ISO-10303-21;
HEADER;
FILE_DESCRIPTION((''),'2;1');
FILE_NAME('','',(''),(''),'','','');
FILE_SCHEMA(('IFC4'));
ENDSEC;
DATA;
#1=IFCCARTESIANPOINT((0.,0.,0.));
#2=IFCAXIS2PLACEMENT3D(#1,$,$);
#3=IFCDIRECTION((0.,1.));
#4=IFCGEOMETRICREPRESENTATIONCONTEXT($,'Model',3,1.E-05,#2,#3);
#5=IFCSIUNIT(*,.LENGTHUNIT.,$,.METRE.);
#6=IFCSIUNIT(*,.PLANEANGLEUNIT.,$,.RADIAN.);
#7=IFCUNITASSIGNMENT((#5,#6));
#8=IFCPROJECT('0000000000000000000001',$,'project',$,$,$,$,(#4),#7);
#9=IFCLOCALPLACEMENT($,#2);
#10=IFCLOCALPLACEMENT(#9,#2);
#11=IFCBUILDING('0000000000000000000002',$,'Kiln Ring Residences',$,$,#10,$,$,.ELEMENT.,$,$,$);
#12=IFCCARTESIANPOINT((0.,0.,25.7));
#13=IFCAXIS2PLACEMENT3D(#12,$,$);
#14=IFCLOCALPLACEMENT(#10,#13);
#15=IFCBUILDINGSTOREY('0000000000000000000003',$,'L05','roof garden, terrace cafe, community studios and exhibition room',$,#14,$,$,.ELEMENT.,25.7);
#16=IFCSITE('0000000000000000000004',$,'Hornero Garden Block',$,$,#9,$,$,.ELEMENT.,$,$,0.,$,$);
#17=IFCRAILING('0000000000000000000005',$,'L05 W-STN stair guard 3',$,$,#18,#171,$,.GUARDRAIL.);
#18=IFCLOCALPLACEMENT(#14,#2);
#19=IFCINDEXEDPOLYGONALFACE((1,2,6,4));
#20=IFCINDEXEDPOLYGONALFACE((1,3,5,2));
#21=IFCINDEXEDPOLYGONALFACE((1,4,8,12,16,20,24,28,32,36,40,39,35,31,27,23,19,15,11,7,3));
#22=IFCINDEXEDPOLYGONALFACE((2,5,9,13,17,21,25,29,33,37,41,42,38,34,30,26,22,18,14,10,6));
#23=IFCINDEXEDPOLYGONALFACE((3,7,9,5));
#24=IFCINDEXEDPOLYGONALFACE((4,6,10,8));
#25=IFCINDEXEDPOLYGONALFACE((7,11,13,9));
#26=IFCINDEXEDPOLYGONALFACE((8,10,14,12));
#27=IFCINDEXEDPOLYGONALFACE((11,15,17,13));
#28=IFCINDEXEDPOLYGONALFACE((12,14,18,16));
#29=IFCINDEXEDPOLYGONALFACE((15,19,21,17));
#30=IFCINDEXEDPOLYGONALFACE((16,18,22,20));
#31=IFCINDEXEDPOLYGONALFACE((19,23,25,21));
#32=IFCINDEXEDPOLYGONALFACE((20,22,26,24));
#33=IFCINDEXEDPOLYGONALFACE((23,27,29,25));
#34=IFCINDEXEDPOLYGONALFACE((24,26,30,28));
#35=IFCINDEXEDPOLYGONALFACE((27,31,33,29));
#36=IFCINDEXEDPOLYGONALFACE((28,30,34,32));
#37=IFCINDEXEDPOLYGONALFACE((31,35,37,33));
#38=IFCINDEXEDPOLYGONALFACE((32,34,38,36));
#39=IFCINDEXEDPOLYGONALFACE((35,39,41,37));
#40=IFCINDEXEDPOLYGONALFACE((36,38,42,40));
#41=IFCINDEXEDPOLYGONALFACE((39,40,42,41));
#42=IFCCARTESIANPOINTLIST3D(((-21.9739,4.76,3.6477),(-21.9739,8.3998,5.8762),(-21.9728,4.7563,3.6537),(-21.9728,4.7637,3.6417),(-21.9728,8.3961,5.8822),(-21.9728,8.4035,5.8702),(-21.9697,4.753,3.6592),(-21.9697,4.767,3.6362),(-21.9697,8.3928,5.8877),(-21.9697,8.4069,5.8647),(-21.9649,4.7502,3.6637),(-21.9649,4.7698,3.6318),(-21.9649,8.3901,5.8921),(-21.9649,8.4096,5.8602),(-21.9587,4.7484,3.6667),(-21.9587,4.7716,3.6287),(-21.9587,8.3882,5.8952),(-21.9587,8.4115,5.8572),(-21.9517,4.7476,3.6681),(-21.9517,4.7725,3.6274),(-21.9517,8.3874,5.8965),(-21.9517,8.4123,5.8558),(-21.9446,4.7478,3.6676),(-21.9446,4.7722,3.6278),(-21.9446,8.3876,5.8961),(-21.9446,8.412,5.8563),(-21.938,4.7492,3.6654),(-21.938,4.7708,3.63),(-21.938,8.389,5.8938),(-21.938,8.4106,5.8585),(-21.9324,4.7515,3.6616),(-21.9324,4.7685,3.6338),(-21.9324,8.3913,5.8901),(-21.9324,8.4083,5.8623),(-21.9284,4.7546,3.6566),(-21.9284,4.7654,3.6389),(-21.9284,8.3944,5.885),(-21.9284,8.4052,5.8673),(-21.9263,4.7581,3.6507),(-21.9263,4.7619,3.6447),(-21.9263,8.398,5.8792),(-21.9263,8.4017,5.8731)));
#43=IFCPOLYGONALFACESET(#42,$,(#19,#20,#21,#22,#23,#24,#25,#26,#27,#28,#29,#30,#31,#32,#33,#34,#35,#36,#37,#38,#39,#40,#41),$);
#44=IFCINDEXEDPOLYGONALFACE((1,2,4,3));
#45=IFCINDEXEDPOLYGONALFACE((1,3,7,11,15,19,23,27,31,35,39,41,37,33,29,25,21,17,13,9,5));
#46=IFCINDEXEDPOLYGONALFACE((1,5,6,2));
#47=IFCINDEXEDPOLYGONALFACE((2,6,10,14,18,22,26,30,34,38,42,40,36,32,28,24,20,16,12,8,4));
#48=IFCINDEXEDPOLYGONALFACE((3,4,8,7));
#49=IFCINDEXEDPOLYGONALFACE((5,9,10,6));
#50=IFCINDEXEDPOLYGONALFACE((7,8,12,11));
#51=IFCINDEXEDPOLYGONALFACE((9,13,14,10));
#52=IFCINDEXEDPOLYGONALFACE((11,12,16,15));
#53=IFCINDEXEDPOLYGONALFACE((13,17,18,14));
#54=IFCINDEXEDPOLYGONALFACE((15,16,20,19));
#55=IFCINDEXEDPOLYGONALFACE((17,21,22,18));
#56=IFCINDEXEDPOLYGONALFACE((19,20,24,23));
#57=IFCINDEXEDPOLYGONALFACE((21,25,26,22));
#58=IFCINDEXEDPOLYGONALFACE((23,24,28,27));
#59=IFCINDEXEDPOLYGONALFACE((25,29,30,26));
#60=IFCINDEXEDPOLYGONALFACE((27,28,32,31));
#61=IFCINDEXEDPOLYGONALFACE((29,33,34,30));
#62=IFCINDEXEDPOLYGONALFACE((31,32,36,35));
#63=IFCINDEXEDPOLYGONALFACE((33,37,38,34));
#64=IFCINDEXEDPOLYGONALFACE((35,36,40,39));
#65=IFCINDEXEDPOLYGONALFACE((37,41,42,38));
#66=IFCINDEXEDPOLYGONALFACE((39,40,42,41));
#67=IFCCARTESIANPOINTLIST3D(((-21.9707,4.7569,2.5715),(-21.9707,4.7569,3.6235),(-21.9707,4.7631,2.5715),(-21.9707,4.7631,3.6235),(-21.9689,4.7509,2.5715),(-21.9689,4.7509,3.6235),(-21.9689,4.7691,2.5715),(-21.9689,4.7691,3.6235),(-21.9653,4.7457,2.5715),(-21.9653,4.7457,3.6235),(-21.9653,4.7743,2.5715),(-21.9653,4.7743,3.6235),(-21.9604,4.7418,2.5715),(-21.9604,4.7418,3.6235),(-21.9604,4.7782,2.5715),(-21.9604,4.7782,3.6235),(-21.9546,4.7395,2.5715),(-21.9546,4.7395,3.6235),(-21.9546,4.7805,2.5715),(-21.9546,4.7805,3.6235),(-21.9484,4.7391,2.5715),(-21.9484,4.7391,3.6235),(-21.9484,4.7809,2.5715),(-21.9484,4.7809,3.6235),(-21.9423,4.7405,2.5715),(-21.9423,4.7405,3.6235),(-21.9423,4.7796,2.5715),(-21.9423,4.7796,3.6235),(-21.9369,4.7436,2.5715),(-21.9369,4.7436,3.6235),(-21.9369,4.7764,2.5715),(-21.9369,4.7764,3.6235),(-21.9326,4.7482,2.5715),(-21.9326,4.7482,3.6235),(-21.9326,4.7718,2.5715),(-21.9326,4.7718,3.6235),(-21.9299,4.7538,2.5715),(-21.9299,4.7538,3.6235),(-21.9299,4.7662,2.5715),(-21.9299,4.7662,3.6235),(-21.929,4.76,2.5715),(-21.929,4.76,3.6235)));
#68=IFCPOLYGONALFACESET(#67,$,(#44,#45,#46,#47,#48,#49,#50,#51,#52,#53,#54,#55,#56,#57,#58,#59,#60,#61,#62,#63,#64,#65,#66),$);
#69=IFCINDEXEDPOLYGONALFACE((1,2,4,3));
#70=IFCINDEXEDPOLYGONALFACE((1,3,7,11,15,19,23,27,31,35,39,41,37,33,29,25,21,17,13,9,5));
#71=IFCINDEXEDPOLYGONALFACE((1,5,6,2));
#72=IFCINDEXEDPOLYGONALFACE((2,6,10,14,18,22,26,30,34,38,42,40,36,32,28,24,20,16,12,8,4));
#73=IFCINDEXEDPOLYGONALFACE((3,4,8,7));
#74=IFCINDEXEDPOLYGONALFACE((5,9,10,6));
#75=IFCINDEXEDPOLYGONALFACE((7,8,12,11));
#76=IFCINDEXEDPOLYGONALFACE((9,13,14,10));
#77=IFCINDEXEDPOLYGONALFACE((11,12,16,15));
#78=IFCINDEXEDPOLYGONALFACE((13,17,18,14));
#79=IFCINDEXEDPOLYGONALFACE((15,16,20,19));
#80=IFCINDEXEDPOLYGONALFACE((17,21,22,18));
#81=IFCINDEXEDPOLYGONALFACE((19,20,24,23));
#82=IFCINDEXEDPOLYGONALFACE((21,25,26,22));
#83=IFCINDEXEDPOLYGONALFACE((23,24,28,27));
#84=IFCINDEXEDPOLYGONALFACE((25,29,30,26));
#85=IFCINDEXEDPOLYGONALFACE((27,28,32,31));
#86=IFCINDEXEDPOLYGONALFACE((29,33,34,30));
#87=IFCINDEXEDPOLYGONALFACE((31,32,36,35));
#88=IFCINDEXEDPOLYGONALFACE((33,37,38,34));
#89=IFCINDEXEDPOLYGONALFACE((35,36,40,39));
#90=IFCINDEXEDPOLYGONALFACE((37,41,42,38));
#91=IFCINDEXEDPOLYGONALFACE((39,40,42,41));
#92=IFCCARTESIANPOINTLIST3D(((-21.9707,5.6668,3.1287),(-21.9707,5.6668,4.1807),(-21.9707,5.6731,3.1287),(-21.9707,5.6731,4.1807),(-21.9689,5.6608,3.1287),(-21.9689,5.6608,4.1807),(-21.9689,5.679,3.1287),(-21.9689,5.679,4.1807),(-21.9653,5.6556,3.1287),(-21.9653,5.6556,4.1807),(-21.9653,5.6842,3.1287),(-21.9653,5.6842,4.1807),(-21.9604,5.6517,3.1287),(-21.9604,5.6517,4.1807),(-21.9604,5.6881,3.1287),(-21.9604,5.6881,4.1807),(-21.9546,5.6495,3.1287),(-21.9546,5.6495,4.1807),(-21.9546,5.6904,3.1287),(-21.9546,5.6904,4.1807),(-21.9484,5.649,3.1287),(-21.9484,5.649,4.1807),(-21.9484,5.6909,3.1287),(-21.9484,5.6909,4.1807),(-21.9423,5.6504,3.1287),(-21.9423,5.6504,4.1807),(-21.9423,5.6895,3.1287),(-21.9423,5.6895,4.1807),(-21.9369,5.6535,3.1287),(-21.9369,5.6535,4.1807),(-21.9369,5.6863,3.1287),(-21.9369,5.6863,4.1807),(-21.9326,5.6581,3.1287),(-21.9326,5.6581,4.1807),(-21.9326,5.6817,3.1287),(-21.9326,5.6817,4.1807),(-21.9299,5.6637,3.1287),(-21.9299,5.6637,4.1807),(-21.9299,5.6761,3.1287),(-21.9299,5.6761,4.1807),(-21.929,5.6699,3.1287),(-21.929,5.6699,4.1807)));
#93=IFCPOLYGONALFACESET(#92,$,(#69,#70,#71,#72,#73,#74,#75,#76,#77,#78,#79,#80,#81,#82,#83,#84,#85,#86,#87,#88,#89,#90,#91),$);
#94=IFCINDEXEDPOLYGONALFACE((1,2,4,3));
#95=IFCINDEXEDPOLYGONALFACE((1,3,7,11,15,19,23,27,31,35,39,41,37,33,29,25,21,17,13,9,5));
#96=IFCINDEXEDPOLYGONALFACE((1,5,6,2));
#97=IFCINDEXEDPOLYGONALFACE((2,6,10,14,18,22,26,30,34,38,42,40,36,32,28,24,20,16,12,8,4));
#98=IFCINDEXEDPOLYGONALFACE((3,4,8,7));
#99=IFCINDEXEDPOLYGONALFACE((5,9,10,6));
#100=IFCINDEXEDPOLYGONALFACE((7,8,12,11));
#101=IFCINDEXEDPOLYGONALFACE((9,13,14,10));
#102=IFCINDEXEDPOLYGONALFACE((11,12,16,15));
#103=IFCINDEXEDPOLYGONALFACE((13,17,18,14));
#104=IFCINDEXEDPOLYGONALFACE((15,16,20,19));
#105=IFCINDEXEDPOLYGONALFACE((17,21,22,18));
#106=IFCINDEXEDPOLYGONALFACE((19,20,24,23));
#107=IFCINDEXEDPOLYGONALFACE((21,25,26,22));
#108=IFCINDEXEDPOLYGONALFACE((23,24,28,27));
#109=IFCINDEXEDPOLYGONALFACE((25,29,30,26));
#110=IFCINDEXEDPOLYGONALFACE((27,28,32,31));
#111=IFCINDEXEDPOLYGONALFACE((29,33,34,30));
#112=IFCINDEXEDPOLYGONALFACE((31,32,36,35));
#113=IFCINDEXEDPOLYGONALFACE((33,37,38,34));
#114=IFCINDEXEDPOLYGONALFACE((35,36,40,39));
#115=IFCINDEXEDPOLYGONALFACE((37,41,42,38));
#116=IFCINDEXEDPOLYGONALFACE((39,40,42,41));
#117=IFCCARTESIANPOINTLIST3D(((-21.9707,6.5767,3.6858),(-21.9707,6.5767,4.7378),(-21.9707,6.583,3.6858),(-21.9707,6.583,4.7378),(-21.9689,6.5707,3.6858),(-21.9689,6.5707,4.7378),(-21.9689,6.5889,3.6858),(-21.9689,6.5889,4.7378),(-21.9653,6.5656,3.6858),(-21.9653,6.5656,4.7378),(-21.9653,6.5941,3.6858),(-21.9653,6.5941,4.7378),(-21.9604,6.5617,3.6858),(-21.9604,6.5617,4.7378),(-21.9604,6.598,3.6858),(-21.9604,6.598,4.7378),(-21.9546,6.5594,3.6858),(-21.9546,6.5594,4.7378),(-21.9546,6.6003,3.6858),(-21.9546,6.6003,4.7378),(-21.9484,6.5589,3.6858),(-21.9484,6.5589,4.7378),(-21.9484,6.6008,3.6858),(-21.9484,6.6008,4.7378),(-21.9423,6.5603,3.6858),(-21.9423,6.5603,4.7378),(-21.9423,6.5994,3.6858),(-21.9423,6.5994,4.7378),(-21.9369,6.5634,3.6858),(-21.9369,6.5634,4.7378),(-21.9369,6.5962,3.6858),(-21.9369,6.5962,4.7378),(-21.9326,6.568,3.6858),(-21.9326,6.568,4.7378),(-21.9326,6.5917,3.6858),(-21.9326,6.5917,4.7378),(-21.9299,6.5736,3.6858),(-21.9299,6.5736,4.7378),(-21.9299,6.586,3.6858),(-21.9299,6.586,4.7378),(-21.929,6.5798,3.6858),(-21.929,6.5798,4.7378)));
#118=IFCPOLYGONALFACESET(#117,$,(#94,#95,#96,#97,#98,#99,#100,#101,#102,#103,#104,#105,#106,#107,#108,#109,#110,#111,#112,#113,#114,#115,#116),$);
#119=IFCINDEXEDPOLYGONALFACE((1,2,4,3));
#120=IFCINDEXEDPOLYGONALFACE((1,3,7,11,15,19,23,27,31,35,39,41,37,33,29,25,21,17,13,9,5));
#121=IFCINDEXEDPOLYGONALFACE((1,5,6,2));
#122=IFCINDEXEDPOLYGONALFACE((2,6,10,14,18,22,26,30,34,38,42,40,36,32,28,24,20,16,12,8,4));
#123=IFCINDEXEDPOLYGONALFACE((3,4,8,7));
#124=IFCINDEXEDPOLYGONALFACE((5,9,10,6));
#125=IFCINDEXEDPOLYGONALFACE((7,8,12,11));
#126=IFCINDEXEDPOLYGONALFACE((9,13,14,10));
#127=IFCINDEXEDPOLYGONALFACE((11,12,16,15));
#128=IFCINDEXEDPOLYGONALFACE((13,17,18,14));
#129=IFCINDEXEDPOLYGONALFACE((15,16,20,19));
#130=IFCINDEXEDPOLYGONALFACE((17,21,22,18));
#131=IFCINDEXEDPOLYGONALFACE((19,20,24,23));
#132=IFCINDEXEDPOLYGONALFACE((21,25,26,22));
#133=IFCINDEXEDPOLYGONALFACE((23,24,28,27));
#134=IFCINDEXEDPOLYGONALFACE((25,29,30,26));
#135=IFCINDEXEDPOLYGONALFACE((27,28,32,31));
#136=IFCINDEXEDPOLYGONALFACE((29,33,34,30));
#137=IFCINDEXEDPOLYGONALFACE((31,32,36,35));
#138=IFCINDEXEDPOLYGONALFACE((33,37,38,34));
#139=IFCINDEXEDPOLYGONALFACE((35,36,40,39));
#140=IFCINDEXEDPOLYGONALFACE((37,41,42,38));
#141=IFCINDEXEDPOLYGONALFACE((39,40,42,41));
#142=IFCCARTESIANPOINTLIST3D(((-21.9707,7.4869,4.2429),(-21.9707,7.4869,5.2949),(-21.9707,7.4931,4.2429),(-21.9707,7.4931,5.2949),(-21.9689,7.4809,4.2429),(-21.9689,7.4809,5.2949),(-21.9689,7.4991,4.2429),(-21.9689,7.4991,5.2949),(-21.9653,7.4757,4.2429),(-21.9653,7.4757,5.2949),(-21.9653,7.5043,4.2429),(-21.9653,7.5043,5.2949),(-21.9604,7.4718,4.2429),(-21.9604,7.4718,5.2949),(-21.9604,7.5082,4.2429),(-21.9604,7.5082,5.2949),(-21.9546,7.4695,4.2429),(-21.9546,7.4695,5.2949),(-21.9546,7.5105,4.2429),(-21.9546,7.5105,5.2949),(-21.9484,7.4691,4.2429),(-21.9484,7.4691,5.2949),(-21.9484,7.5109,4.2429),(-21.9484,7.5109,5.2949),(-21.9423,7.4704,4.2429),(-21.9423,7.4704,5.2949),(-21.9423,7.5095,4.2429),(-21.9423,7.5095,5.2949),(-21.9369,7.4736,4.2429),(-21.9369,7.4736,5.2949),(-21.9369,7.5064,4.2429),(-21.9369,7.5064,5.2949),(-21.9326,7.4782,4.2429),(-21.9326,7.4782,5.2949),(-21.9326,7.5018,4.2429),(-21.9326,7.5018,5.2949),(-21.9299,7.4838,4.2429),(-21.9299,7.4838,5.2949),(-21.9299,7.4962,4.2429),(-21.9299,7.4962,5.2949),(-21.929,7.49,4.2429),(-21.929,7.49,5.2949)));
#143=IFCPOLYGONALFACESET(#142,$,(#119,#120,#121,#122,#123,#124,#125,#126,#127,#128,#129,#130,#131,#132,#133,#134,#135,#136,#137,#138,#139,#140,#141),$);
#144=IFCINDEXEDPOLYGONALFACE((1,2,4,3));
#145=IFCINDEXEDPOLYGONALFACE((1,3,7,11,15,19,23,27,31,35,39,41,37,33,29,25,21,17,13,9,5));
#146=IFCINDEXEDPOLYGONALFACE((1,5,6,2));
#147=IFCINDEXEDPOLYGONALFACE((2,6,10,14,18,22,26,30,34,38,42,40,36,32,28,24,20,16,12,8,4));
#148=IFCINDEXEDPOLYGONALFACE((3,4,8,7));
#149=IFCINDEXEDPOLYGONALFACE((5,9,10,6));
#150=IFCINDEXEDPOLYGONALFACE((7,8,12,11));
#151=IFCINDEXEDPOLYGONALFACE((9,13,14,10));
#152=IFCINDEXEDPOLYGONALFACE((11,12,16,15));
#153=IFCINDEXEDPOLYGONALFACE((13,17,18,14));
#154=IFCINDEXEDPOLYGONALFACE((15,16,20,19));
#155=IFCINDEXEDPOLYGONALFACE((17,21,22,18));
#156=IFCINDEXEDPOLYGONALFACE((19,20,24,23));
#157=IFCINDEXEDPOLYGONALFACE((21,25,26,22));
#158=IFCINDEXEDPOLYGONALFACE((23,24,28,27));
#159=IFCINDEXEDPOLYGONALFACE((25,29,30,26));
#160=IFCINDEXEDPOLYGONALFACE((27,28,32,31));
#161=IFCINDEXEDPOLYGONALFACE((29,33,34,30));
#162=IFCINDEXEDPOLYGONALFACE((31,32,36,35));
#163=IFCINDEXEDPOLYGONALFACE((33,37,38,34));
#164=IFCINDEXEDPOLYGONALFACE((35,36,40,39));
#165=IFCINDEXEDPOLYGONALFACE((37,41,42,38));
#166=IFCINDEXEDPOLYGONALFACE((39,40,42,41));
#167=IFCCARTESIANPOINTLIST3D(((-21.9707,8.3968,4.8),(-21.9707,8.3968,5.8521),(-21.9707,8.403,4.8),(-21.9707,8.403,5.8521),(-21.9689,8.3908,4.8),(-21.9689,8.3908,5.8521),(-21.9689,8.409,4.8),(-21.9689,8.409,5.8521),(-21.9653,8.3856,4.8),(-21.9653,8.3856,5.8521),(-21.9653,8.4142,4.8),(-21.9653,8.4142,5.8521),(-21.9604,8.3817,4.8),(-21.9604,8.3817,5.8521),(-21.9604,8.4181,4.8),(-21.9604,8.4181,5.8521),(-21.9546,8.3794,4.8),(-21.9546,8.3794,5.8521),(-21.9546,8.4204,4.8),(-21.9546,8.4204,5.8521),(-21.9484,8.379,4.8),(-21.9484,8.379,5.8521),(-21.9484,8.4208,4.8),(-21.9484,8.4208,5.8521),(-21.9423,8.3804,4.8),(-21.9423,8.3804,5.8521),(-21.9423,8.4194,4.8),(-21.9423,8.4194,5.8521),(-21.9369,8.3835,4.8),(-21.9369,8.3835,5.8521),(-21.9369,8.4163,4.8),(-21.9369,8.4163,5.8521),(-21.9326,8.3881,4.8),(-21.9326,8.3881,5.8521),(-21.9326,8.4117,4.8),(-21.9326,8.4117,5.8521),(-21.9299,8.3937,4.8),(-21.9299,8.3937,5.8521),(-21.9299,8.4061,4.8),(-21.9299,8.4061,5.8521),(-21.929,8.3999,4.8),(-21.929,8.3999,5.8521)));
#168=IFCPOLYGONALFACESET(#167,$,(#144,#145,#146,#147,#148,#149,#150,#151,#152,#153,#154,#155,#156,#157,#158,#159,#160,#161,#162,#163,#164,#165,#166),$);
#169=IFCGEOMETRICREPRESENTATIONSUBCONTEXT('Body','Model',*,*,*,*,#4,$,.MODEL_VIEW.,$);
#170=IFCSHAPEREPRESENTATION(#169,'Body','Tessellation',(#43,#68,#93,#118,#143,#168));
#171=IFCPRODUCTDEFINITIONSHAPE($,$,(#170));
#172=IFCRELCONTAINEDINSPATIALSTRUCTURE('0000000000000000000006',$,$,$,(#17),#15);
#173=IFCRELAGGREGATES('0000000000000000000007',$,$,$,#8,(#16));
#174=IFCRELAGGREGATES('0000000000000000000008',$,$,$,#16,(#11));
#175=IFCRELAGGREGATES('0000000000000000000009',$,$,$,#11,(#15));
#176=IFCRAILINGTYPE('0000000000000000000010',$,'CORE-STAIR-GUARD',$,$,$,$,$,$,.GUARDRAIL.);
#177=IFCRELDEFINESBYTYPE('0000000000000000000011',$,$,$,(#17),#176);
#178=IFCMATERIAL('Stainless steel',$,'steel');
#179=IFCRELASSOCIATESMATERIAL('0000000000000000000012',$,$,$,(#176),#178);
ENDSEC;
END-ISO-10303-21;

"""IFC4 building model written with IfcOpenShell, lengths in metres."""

from ifc_helpers import new_model, si_unit, direction, frame, origin, origin_2d, place, context, subcontext, project, spatial, circle, extrude, material, type_object, element, save


model = new_model("IFC4")

# Units and contexts
model_context = context("Model", 3, precision=1e-05, world=origin(), true_north=direction((0.0, 1.0)))
body_context = subcontext(model_context, "Body", "Model", "MODEL_VIEW")
ifc_project = project(units=[si_unit("LENGTHUNIT", "METRE"), si_unit("PLANEANGLEUNIT", "RADIAN")], contexts=[model_context])

# Site, building, storey
site_placement = place(None, origin())
site = spatial("IfcSite", under=ifc_project, at=site_placement, Name="Hornero Garden Block", CompositionType="ELEMENT", RefElevation=0.0)
building_placement = place(site_placement, origin())
building = spatial("IfcBuilding", under=site, at=building_placement, Name="Kiln Ring Residences", CompositionType="ELEMENT")
storey_placement = place(building_placement, frame((0.0, 0.0, 25.7)))
storey = spatial("IfcBuildingStorey", under=building, at=storey_placement, Name="L05", Description="roof garden, terrace cafe, community studios and exhibition room", CompositionType="ELEMENT", Elevation=25.7)

# Railing
ifc_material_1 = material(Name="Stainless steel", Category="steel")
railing_type_1 = type_object("IfcRailingType", Name="CORE-STAIR-GUARD", PredefinedType="GUARDRAIL", material=ifc_material_1)
railing_1_placement = place(storey_placement, frame((-21.95, 4.76, 2.5715)))
element("IfcRailing", 1, at=railing_1_placement, inside=storey, type_object=railing_type_1, Name="L05 W-STN stair guard 3", PredefinedType="GUARDRAIL", context=body_context, shape_type="SweptSolid", body=[
    extrude(circle(Radius=0.0239, at=origin_2d()), frame((0.0, 0.0, 1.0762), z_axis=(0.0, 0.85285, 0.522156), x_axis=(-1.0, 0.0, 0.0)), (0.0, 0.0, 1.0), 4.2678),
    extrude(circle(Radius=0.021, at=origin_2d()), origin(), (0.0, 0.0, 1.0), 1.052),
    extrude(circle(Radius=0.021, at=origin_2d()), frame((0.0, 0.9099, 0.5571)), (0.0, 0.0, 1.0), 1.052),
    extrude(circle(Radius=0.021, at=origin_2d()), frame((0.0, 1.8198, 1.1143)), (0.0, 0.0, 1.0), 1.052),
    extrude(circle(Radius=0.021, at=origin_2d()), frame((0.0, 2.73, 1.6714)), (0.0, 0.0, 1.0), 1.052),
    extrude(circle(Radius=0.021, at=origin_2d()), frame((0.0, 3.6399, 2.2285)), (0.0, 0.0, 1.0), 1.052),
])

save(model, "model.ifc")
